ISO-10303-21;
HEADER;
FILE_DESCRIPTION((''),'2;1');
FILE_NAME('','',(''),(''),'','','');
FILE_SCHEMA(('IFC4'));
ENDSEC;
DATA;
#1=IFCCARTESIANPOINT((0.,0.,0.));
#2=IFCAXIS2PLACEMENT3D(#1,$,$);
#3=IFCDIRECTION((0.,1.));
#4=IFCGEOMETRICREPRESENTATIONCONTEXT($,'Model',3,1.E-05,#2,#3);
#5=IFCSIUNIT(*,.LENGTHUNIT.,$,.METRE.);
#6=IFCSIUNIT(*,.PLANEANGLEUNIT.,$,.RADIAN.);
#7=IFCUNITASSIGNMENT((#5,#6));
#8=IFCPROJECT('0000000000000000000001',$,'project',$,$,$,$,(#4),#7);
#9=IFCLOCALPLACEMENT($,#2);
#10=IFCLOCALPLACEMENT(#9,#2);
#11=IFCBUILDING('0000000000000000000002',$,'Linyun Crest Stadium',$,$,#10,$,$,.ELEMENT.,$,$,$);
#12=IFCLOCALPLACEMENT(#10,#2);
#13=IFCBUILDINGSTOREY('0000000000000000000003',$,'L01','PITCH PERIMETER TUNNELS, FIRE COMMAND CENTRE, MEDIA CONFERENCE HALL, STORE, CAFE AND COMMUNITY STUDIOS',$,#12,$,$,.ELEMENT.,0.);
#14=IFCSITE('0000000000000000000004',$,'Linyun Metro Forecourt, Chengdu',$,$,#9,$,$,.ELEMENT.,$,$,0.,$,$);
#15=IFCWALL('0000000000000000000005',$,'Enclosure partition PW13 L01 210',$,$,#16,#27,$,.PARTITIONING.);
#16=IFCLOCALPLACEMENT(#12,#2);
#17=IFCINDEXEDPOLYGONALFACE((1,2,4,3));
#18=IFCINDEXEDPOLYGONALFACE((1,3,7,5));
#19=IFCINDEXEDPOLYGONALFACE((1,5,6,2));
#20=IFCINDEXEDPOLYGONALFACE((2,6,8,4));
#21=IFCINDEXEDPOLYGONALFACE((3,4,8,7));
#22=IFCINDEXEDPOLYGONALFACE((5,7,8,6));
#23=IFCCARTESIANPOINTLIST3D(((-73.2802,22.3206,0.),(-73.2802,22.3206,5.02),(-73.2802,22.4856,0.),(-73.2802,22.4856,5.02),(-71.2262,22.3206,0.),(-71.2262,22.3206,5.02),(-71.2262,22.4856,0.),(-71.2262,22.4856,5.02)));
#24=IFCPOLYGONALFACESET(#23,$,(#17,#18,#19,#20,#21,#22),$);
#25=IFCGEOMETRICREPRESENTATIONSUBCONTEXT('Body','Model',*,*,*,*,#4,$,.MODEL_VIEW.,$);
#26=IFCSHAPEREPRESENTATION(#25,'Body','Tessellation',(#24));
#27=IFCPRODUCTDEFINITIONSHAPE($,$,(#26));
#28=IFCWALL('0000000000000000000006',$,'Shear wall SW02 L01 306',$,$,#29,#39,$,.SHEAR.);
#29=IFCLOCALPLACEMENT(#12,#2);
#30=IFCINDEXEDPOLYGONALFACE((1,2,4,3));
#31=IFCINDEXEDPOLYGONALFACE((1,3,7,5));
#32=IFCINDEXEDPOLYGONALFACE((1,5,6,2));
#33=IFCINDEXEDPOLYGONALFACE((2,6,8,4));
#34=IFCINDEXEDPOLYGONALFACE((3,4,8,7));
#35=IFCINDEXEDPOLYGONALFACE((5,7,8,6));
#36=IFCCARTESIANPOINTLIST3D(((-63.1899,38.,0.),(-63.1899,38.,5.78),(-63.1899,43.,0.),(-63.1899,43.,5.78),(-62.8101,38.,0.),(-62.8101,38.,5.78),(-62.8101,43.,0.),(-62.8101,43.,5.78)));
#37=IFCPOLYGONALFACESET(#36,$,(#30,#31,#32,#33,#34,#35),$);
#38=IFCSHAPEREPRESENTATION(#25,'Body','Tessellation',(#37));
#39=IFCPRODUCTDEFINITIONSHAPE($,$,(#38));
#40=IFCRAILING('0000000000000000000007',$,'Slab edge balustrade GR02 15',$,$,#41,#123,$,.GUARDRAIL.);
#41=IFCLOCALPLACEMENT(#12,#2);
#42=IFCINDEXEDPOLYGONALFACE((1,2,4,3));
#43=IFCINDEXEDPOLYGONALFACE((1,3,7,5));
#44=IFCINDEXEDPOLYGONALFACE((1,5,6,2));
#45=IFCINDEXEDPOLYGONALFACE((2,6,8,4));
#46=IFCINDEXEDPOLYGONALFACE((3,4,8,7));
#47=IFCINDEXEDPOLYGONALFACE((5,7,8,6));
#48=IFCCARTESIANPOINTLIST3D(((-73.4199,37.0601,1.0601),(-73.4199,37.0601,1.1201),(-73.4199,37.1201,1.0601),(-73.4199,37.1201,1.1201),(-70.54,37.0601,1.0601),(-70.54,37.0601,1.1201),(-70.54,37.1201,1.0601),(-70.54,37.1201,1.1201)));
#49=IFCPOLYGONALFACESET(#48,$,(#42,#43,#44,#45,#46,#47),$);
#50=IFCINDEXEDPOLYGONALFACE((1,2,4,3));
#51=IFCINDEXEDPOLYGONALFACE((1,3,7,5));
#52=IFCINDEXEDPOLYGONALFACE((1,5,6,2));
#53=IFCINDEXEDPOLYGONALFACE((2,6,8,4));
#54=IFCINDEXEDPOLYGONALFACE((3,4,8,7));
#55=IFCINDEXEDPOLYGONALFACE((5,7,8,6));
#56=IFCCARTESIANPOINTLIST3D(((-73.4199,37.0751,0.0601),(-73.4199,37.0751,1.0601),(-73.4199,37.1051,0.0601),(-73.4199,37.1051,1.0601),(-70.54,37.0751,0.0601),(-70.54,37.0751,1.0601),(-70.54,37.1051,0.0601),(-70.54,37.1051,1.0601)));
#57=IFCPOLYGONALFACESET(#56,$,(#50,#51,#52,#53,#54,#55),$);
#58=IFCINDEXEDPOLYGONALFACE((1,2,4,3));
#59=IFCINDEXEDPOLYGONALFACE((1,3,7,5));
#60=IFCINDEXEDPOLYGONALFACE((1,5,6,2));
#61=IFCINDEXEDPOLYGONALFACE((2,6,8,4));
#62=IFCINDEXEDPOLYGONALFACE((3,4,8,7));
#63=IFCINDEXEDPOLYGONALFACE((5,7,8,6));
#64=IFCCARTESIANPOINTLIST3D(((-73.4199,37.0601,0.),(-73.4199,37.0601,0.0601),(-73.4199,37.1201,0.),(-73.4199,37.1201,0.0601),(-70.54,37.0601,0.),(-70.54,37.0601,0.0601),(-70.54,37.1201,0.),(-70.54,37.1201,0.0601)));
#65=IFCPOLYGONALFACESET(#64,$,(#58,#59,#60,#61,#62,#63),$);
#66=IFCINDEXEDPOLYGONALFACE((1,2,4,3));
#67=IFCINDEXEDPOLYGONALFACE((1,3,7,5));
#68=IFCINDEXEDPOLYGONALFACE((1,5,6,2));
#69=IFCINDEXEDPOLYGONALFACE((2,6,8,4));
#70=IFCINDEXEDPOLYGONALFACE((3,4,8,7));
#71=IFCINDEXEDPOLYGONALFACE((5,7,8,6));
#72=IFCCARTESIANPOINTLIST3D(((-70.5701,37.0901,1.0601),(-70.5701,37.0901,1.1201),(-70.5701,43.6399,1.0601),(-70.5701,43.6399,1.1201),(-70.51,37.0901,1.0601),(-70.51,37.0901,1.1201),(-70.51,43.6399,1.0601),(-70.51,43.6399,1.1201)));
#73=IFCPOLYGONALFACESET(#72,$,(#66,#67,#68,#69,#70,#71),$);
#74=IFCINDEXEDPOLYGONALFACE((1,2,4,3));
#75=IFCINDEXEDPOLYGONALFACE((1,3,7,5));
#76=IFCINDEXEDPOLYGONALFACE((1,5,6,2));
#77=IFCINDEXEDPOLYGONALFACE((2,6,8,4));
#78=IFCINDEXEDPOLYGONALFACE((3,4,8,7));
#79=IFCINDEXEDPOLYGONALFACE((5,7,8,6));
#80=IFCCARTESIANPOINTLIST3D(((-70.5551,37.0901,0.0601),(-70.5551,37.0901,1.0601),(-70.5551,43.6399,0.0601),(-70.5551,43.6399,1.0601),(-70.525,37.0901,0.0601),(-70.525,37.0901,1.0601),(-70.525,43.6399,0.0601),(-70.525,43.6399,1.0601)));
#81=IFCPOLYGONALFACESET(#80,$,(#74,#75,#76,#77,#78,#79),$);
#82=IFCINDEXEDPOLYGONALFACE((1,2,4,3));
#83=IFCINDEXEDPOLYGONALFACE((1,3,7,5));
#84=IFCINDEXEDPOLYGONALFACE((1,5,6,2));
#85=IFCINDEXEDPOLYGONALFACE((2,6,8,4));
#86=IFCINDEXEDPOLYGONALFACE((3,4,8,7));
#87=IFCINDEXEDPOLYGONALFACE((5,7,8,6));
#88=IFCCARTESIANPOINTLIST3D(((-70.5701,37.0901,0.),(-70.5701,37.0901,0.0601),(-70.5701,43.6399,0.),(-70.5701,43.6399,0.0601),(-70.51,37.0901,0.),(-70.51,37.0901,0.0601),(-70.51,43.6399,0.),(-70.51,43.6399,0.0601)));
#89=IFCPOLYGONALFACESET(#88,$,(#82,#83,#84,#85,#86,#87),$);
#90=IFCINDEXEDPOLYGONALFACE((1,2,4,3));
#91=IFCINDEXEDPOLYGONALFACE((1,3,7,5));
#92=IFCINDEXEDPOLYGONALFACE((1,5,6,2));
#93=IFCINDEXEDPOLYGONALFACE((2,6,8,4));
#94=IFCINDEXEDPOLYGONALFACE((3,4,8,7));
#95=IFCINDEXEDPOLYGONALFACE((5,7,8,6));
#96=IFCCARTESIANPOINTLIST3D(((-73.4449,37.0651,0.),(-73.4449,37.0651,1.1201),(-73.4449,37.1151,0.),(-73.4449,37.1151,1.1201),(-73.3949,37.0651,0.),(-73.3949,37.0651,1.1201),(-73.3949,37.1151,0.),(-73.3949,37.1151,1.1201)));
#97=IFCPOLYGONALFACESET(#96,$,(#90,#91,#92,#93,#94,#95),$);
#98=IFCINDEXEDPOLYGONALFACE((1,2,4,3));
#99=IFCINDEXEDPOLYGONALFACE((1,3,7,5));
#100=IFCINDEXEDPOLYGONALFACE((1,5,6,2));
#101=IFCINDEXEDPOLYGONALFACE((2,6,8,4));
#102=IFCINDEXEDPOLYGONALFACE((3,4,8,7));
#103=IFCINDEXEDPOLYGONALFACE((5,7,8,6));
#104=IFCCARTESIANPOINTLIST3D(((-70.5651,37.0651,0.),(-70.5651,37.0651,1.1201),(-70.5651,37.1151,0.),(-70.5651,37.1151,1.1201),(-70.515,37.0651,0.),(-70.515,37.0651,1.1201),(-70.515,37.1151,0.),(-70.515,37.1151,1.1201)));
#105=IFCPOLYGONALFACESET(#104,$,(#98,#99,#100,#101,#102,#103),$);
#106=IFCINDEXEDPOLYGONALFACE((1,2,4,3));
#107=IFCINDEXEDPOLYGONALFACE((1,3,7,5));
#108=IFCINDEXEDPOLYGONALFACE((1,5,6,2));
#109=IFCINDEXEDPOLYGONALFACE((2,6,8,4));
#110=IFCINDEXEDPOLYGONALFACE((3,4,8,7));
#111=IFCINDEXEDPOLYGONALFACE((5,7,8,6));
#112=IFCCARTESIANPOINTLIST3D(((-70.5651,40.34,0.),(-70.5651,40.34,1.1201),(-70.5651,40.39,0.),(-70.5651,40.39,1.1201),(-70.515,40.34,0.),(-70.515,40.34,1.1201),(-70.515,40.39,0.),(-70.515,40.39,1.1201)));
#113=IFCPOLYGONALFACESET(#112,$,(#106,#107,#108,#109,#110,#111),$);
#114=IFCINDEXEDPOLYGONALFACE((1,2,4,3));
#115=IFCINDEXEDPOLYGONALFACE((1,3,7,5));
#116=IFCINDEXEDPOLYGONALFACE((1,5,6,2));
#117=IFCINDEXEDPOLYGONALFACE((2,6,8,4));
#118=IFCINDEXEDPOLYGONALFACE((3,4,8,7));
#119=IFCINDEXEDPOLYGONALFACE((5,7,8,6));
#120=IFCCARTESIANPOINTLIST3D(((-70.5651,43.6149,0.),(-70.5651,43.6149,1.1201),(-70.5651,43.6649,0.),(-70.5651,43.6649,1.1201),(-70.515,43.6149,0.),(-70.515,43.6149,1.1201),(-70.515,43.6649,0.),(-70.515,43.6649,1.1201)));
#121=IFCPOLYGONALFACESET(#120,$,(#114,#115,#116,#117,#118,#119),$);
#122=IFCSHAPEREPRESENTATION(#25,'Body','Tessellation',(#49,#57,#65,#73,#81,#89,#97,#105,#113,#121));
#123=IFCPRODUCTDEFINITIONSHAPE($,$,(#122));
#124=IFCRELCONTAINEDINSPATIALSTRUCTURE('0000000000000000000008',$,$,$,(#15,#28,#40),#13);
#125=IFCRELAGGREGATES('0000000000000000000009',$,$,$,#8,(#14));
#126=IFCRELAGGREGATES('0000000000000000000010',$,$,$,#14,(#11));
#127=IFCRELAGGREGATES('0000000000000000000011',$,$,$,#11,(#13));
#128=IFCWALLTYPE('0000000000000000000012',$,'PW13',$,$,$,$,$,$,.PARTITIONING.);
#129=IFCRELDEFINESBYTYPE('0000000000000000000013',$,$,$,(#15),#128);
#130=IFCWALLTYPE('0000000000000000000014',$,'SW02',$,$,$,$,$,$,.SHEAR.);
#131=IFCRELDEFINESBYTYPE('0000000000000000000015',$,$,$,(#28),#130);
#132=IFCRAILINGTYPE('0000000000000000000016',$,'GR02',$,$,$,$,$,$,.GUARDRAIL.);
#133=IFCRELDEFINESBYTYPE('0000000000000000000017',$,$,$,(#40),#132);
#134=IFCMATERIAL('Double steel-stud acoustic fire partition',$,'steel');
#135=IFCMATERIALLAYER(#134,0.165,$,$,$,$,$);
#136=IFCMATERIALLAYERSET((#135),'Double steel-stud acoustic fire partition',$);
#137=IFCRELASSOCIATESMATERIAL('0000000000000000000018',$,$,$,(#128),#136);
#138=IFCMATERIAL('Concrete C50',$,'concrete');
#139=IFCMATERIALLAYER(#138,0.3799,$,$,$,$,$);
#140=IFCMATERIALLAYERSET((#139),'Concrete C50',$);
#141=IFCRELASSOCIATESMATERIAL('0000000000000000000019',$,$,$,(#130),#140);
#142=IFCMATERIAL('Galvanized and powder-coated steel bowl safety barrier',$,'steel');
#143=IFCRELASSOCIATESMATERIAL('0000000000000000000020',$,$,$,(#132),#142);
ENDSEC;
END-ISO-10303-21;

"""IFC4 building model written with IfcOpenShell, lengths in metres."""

from ifc_helpers import new_model, si_unit, direction, frame, frame_2d, origin, origin_2d, place, context, subcontext, project, spatial, rectangle, extrude, material, layer, layer_set, type_object, element, save


model = new_model("IFC4")

# Units and contexts
model_context = context("Model", 3, precision=1e-05, world=origin(), true_north=direction((0.0, 1.0)))
body_context = subcontext(model_context, "Body", "Model", "MODEL_VIEW")
ifc_project = project(units=[si_unit("LENGTHUNIT", "METRE"), si_unit("PLANEANGLEUNIT", "RADIAN")], contexts=[model_context])

# Site, building, storey
site_placement = place(None, origin())
site = spatial("IfcSite", under=ifc_project, at=site_placement, Name="Linyun Metro Forecourt, Chengdu", CompositionType="ELEMENT", RefElevation=0.0)
building_placement = place(site_placement, origin())
building = spatial("IfcBuilding", under=site, at=building_placement, Name="Linyun Crest Stadium", CompositionType="ELEMENT")
storey_placement = place(building_placement, origin())
storey = spatial("IfcBuildingStorey", under=building, at=storey_placement, Name="L01", Description="PITCH PERIMETER TUNNELS, FIRE COMMAND CENTRE, MEDIA CONFERENCE HALL, STORE, CAFE AND COMMUNITY STUDIOS", CompositionType="ELEMENT", Elevation=0.0)

# Shared definitions
ifc_material_1 = material(Name="Double steel-stud acoustic fire partition", Category="steel")
ifc_layer_1 = layer(ifc_material_1, 0.165)
ifc_layer_set_1 = layer_set([ifc_layer_1], Name="Double steel-stud acoustic fire partition")
wall_type_1 = type_object("IfcWallType", Name="PW13", PredefinedType="PARTITIONING", material=ifc_layer_set_1)

# Walls
for number, where, z_axis, x_axis, name in (
    (1, (-73.28, 22.4031, 0.0), (0.0, 0.0, 1.0), (1.0, 0.0, 0.0), "Enclosure partition PW13 L01 210"),
):
    element("IfcWall", number, at=place(storey_placement, frame(where, z_axis=z_axis, x_axis=x_axis)), inside=storey, type_object=wall_type_1, Name=name, PredefinedType="PARTITIONING", context=body_context, shape_type="SweptSolid", body=[
        extrude(rectangle(XDim=2.054, YDim=0.165, at=frame_2d((1.0269, 0.0))), origin(), (0.0, 0.0, 1.0), 5.02),
    ])
ifc_material_2 = material(Name="Concrete C50", Category="concrete")
ifc_layer_2 = layer(ifc_material_2, 0.3799)
ifc_layer_set_2 = layer_set([ifc_layer_2], Name="Concrete C50")
wall_type_2 = type_object("IfcWallType", Name="SW02", PredefinedType="SHEAR", material=ifc_layer_set_2)
wall_1_placement = place(storey_placement, frame((-63.0, 38.0, 0.0), z_axis=(0.0, 0.0, 1.0), x_axis=(0.0, 1.0, 0.0)))
element("IfcWall", 2, at=wall_1_placement, inside=storey, type_object=wall_type_2, Name="Shear wall SW02 L01 306", PredefinedType="SHEAR", context=body_context, shape_type="SweptSolid", body=[
    extrude(rectangle(XDim=5.0, YDim=0.3799, at=frame_2d((2.5, 0.0))), origin(), (0.0, 0.0, 1.0), 5.78),
])

# Railing
ifc_material_3 = material(Name="Galvanized and powder-coated steel bowl safety barrier", Category="steel")
railing_type = type_object("IfcRailingType", Name="GR02", PredefinedType="GUARDRAIL", material=ifc_material_3)
railing_placement = place(storey_placement, frame((-73.4199, 37.0901, 0.0)))
element("IfcRailing", 3, at=railing_placement, inside=storey, type_object=railing_type, Name="Slab edge balustrade GR02 15", PredefinedType="GUARDRAIL", context=body_context, shape_type="SweptSolid", body=[
    extrude(rectangle(XDim=0.0601, YDim=0.0601, at=origin_2d()), frame((0.0, 0.0, 1.0901), z_axis=(1.0, 0.0, 0.0), x_axis=(0.0, 1.0, 0.0)), (0.0, 0.0, 1.0), 2.8799),
    extrude(rectangle(XDim=0.03, YDim=1.0, at=origin_2d()), frame((0.0, 0.0, 0.5601), z_axis=(1.0, 0.0, 0.0), x_axis=(0.0, 1.0, 0.0)), (0.0, 0.0, 1.0), 2.8799),
    extrude(rectangle(XDim=0.0601, YDim=0.0601, at=origin_2d()), frame((0.0, 0.0, 0.03), z_axis=(1.0, 0.0, 0.0), x_axis=(0.0, 1.0, 0.0)), (0.0, 0.0, 1.0), 2.8799),
    extrude(rectangle(XDim=0.0601, YDim=0.0601, at=origin_2d()), frame((2.8799, 0.0, 1.0901), z_axis=(0.0, 1.0, 0.0), x_axis=(-1.0, 0.0, 0.0)), (0.0, 0.0, 1.0), 6.5498),
    extrude(rectangle(XDim=0.03, YDim=1.0, at=origin_2d()), frame((2.8799, 0.0, 0.5601), z_axis=(0.0, 1.0, 0.0), x_axis=(-1.0, 0.0, 0.0)), (0.0, 0.0, 1.0), 6.5498),
    extrude(rectangle(XDim=0.0601, YDim=0.0601, at=origin_2d()), frame((2.8799, 0.0, 0.03), z_axis=(0.0, 1.0, 0.0), x_axis=(-1.0, 0.0, 0.0)), (0.0, 0.0, 1.0), 6.5498),
    extrude(rectangle(XDim=0.05, YDim=0.05, at=origin_2d()), origin(), (0.0, 0.0, 1.0), 1.1201),
    extrude(rectangle(XDim=0.05, YDim=0.05, at=origin_2d()), frame((2.8799, 0.0, 0.0)), (0.0, 0.0, 1.0), 1.1201),
    extrude(rectangle(XDim=0.05, YDim=0.05, at=origin_2d()), frame((2.8799, 3.2749, 0.0)), (0.0, 0.0, 1.0), 1.1201),
    extrude(rectangle(XDim=0.05, YDim=0.05, at=origin_2d()), frame((2.8799, 6.5498, 0.0)), (0.0, 0.0, 1.0), 1.1201),
])

save(model, "model.ifc")
